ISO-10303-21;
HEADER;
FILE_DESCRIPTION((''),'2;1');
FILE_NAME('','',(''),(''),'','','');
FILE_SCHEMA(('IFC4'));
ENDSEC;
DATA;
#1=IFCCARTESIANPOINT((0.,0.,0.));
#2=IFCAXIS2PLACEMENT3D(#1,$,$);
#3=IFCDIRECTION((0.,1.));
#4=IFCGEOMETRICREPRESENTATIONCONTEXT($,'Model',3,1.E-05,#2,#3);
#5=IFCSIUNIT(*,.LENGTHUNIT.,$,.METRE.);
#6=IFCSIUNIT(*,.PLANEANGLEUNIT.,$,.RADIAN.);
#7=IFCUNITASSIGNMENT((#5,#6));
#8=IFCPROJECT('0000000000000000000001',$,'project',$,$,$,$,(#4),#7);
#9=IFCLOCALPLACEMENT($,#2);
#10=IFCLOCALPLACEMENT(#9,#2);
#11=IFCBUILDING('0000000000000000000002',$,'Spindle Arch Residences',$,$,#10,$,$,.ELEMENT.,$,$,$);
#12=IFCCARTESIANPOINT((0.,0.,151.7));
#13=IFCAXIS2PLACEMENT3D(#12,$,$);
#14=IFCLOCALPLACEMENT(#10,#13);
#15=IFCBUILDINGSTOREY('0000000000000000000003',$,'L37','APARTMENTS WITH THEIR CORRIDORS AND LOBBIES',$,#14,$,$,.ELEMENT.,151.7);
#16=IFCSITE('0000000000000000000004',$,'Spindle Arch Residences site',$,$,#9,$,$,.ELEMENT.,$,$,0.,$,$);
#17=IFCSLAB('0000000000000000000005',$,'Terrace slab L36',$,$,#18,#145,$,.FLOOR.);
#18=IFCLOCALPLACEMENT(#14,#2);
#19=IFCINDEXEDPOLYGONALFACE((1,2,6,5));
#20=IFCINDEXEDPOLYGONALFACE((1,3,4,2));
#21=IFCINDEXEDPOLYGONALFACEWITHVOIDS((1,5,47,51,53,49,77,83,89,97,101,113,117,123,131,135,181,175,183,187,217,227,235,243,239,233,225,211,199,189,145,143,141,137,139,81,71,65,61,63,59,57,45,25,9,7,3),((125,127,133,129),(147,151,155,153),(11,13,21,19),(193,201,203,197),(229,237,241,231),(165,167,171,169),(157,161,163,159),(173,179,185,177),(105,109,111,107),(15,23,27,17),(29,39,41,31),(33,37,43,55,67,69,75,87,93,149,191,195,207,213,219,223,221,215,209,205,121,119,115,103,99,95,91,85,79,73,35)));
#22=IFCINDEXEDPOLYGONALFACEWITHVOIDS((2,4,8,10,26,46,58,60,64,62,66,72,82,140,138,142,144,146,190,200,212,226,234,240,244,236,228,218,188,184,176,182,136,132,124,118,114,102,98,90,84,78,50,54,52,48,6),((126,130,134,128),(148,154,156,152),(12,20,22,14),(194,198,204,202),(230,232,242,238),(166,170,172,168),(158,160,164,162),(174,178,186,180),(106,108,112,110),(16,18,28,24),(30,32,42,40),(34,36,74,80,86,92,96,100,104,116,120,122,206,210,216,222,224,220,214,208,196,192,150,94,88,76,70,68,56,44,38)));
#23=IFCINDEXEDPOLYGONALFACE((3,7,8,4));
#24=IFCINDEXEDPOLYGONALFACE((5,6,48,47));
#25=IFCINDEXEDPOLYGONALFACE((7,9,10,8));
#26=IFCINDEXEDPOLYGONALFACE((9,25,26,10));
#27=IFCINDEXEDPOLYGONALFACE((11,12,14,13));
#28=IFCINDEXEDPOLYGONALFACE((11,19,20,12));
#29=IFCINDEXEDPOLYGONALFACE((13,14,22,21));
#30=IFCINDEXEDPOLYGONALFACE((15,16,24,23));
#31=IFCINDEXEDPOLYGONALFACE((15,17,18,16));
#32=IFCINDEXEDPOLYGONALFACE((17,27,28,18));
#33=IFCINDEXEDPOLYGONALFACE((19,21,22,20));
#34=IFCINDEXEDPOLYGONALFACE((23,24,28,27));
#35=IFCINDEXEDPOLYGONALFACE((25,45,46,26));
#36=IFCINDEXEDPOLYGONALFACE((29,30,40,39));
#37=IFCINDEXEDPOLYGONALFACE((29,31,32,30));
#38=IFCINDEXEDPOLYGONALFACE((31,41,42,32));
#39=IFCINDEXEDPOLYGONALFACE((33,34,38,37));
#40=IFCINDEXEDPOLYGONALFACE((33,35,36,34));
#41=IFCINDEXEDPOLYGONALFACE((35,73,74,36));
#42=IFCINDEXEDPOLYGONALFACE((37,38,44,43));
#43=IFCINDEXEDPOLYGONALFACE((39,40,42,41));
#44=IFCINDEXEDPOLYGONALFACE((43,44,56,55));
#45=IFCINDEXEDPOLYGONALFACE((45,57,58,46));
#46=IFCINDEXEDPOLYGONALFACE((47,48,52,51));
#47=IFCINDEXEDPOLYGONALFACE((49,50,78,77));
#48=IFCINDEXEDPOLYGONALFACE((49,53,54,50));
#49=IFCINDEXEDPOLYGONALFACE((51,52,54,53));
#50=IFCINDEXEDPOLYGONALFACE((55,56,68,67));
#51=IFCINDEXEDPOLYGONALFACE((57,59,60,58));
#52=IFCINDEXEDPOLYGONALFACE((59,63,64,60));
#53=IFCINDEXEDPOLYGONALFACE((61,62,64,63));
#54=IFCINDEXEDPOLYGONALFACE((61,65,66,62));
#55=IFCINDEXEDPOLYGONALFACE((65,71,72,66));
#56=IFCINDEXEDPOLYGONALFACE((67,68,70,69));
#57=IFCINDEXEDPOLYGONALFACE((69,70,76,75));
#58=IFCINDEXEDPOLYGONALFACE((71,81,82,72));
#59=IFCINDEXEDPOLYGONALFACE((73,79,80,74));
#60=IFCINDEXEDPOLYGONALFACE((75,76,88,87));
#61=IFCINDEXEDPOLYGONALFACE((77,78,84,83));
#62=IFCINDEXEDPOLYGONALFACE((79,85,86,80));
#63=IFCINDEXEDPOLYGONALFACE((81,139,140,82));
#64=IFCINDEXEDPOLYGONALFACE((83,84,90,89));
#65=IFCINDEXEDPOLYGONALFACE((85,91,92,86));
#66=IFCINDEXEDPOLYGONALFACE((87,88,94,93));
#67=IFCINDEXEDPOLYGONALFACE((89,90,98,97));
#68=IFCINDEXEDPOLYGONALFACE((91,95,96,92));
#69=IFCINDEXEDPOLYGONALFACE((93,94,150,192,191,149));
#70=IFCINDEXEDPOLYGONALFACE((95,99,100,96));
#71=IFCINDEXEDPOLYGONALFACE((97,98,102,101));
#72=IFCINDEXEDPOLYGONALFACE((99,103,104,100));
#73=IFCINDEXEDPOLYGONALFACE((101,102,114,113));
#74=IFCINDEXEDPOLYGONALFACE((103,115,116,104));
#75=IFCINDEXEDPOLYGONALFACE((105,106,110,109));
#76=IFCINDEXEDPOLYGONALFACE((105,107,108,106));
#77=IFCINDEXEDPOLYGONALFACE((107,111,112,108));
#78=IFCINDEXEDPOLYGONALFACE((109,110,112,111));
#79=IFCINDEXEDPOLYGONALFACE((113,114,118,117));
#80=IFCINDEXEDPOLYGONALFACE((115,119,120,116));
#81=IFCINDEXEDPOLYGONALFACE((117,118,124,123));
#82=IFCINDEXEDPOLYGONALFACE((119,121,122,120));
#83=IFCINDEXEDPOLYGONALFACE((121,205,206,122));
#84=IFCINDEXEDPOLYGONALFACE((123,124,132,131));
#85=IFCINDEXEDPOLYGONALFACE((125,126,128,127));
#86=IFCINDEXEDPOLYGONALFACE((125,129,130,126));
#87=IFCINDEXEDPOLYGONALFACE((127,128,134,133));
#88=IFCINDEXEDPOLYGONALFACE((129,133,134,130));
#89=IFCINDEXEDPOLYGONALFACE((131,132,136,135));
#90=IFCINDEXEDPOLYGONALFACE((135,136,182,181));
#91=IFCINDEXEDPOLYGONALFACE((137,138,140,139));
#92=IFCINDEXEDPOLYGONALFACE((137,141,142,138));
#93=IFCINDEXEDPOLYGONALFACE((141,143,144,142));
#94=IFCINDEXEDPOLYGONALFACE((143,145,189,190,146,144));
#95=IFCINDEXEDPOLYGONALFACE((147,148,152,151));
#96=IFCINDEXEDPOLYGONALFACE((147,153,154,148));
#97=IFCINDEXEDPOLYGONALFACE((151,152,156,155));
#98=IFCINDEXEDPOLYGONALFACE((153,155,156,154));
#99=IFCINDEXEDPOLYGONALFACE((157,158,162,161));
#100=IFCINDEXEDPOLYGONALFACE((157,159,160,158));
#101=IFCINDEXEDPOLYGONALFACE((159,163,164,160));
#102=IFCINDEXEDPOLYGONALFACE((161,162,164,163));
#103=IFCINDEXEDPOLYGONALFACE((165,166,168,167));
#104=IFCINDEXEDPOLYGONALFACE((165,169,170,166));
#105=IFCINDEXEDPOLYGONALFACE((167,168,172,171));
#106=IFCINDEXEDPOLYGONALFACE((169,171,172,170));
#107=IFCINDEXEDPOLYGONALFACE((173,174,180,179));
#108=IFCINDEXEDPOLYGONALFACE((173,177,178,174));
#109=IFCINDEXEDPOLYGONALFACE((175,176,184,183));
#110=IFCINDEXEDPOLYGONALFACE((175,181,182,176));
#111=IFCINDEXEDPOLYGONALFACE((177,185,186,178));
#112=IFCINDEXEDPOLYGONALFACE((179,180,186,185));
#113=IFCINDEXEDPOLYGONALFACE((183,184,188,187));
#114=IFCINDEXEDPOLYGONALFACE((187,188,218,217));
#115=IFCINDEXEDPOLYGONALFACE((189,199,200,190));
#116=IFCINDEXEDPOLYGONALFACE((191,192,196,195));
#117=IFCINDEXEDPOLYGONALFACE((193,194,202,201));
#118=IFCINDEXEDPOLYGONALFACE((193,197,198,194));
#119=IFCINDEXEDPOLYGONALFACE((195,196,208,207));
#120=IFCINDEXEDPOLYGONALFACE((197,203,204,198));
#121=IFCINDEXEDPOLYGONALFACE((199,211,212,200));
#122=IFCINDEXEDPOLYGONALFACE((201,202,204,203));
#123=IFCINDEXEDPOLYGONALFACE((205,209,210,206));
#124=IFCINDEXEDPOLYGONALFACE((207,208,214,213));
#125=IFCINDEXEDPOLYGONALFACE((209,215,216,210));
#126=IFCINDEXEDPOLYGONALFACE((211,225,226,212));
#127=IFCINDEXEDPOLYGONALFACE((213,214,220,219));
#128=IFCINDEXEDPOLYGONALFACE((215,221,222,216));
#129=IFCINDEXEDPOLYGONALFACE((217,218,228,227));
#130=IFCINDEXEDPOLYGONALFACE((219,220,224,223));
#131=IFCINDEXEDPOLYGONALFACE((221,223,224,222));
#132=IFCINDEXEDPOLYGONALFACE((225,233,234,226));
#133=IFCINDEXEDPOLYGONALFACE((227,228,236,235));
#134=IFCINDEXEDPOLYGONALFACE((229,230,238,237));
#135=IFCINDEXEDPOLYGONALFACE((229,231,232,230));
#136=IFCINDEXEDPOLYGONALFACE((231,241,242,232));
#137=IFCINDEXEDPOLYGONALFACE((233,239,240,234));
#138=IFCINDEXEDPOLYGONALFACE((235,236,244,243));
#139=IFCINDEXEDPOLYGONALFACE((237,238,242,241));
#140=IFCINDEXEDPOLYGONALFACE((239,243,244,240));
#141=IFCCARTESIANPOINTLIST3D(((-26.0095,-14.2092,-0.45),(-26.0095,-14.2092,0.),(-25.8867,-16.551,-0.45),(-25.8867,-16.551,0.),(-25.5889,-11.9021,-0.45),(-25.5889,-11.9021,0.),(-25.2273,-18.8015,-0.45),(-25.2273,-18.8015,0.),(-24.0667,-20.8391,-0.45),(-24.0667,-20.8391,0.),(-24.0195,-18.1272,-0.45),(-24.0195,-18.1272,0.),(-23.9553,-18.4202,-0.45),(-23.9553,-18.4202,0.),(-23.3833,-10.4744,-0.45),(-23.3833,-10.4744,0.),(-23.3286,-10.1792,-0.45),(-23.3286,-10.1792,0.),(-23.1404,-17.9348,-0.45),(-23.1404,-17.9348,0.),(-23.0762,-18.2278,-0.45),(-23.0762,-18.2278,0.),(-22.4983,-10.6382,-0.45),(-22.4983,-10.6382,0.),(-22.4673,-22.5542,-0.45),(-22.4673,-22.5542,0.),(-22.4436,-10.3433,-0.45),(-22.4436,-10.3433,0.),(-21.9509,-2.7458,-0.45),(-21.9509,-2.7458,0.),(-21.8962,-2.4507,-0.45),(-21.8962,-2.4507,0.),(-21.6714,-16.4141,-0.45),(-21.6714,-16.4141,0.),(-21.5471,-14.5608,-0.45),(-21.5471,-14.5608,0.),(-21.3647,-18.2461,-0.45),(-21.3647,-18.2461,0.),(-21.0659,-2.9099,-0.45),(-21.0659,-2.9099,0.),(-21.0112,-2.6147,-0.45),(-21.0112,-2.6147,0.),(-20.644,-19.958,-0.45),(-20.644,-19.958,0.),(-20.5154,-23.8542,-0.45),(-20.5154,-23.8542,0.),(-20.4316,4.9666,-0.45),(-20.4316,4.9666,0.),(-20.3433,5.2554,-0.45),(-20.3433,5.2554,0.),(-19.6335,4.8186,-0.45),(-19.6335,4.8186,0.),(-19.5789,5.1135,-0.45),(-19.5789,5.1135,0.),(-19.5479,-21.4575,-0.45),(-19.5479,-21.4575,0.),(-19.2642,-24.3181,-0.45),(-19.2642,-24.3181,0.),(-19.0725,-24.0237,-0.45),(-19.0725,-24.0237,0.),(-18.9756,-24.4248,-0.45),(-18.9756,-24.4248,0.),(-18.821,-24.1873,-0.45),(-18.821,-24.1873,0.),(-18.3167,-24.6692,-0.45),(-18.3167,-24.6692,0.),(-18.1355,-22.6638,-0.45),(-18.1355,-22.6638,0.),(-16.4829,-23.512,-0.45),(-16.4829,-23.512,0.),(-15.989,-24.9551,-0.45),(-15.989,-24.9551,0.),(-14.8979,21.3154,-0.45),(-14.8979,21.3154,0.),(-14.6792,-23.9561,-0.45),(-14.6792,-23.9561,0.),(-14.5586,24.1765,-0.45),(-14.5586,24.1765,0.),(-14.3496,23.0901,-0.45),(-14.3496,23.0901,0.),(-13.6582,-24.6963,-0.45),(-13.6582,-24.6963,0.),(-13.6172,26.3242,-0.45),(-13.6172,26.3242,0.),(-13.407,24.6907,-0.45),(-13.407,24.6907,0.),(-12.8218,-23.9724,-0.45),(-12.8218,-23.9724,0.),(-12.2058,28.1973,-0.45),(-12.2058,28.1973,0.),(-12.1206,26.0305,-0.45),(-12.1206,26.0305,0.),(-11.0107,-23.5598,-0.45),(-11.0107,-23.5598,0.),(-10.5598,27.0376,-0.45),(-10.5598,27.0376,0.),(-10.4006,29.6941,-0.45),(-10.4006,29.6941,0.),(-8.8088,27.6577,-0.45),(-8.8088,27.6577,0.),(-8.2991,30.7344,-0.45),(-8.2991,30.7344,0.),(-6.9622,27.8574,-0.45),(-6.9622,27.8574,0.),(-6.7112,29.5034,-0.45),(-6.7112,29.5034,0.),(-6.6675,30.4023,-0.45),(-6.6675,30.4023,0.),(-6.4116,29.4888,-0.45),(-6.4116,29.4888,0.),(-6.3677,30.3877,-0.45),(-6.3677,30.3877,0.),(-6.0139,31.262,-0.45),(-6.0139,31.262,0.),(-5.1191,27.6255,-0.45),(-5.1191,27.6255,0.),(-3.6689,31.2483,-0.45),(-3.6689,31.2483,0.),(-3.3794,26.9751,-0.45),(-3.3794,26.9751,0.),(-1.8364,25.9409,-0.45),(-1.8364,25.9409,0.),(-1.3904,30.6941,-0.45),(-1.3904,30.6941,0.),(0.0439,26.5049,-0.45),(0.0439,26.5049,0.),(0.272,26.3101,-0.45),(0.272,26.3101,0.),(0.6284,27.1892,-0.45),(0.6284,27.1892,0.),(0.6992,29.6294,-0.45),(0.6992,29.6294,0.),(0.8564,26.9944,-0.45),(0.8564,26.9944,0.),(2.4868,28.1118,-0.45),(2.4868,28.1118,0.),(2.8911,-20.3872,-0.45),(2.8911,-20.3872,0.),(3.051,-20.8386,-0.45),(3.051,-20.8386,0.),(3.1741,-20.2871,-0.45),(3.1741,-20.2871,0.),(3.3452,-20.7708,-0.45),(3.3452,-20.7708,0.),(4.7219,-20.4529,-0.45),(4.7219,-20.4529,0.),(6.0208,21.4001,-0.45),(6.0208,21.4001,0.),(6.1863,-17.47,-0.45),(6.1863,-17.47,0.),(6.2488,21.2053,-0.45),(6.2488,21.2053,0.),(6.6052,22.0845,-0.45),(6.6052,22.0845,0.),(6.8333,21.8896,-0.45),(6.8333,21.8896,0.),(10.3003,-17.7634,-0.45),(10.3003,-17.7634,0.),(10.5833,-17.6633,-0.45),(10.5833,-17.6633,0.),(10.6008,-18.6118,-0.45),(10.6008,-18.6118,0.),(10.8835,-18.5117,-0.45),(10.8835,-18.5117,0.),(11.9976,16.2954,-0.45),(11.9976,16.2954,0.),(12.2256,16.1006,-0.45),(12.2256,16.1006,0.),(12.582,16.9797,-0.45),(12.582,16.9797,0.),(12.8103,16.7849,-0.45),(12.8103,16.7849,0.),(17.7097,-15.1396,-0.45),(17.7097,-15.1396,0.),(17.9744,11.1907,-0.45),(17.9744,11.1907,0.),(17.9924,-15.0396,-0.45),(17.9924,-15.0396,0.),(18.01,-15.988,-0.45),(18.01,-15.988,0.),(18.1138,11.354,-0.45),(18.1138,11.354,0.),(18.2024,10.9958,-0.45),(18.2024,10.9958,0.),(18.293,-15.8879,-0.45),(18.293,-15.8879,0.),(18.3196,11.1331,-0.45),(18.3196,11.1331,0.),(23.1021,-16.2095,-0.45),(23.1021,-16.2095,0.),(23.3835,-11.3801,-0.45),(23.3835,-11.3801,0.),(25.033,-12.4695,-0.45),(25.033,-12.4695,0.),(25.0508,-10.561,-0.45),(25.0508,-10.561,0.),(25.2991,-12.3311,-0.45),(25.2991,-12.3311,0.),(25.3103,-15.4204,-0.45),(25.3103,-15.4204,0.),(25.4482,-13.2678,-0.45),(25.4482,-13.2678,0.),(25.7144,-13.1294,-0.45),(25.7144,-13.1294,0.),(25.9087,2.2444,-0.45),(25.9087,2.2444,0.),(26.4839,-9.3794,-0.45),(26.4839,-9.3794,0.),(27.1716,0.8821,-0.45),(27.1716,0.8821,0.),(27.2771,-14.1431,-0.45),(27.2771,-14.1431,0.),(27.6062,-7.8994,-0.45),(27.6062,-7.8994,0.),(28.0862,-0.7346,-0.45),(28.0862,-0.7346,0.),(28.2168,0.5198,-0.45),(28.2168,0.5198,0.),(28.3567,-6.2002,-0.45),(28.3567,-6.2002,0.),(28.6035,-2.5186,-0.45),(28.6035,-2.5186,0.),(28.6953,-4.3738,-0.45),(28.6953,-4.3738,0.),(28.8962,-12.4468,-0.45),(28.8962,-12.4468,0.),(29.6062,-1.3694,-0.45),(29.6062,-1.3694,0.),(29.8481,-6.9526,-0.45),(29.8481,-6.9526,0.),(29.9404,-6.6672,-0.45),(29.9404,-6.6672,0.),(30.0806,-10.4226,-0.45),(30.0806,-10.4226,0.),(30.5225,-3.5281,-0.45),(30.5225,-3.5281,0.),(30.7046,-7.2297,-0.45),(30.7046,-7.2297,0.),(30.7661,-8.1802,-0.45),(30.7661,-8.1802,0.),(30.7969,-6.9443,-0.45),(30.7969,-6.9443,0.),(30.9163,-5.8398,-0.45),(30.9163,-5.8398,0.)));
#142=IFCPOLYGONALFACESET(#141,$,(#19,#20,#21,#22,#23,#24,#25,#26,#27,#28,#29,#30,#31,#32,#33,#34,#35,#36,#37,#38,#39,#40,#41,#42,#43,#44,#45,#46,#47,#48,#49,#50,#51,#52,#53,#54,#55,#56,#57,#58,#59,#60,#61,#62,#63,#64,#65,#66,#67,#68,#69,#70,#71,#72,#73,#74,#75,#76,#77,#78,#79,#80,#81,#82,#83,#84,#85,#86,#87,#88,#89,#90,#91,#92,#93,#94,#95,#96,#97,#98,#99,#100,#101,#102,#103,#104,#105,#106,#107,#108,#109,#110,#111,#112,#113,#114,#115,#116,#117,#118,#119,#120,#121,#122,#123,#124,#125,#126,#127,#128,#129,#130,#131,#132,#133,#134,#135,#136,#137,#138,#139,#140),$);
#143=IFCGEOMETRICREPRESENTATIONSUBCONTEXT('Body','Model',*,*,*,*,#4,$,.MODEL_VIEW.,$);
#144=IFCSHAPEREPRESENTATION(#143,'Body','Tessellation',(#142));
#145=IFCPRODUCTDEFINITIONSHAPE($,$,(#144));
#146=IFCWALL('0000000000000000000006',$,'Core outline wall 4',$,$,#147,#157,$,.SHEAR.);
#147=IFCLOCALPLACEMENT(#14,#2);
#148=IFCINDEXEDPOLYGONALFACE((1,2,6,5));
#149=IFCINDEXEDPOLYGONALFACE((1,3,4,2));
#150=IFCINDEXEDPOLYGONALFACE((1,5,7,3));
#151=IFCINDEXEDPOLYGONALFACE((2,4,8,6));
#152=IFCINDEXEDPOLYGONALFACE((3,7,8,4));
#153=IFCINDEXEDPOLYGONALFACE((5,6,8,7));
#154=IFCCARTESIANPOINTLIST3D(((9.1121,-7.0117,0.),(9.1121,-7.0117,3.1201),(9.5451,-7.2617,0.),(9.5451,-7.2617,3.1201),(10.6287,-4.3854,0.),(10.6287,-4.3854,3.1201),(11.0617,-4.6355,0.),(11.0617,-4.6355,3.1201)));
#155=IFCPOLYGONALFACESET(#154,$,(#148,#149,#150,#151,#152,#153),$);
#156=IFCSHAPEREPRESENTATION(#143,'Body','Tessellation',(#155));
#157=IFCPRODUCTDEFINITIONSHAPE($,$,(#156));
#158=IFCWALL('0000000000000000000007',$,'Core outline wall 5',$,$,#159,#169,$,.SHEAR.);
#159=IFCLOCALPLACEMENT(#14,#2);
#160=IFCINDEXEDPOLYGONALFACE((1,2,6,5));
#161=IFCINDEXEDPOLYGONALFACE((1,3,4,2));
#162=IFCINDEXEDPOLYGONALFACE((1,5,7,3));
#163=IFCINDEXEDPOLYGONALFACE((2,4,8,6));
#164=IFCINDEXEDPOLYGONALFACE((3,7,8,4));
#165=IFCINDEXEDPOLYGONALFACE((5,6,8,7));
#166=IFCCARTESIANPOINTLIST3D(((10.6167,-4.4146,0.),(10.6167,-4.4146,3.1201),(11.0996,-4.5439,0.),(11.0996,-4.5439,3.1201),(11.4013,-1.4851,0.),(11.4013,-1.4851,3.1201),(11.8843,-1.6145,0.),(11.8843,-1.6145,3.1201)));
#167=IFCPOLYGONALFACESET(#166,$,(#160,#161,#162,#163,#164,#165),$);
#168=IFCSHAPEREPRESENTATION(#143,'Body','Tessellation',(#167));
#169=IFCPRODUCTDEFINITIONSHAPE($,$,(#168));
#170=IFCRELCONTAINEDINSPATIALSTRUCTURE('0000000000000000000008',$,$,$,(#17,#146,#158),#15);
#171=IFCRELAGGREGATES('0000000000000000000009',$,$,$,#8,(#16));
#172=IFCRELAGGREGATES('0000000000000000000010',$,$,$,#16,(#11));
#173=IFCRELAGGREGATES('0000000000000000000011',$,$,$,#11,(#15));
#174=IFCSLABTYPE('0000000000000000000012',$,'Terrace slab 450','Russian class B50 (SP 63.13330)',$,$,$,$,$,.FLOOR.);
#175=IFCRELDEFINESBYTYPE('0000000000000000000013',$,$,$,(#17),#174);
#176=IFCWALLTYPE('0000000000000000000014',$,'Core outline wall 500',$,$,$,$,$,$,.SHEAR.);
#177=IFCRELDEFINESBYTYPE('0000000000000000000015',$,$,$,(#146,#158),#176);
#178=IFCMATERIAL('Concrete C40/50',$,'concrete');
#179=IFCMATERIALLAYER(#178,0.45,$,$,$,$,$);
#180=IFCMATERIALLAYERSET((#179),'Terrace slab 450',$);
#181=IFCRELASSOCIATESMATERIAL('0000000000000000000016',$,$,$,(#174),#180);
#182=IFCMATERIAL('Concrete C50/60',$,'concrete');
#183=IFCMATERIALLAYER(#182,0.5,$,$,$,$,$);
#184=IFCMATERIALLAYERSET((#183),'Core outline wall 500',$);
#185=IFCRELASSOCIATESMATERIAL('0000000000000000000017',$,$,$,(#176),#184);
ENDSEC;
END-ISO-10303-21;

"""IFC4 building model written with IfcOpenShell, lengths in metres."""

from ifc_helpers import new_model, si_unit, direction, frame, frame_2d, origin, place, context, subcontext, project, spatial, polyline, rectangle, outline, extrude, material, layer, layer_set, type_object, element, save


model = new_model("IFC4")

# Units and contexts
model_context = context("Model", 3, precision=1e-05, world=origin(), true_north=direction((0.0, 1.0)))
body_context = subcontext(model_context, "Body", "Model", "MODEL_VIEW")
ifc_project = project(units=[si_unit("LENGTHUNIT", "METRE"), si_unit("PLANEANGLEUNIT", "RADIAN")], contexts=[model_context])

# Site, building, storey
site_placement = place(None, origin())
site = spatial("IfcSite", under=ifc_project, at=site_placement, Name="Spindle Arch Residences site", CompositionType="ELEMENT", RefElevation=0.0)
building_placement = place(site_placement, origin())
building = spatial("IfcBuilding", under=site, at=building_placement, Name="Spindle Arch Residences", CompositionType="ELEMENT")
storey_placement = place(building_placement, frame((0.0, 0.0, 151.7)))
storey = spatial("IfcBuildingStorey", under=building, at=storey_placement, Name="L37", Description="APARTMENTS WITH THEIR CORRIDORS AND LOBBIES", CompositionType="ELEMENT", Elevation=151.7)

# Slab
ifc_material_1 = material(Name="Concrete C40/50", Category="concrete")
ifc_layer_1 = layer(ifc_material_1, 0.45)
ifc_layer_set_1 = layer_set([ifc_layer_1], Name="Terrace slab 450")
slab_type_1 = type_object("IfcSlabType", Name="Terrace slab 450", Description="Russian class B50 (SP 63.13330)", PredefinedType="FLOOR", material=ifc_layer_set_1)
slab_1_placement = place(storey_placement, frame((0.0, 0.0, -0.45)))
element("IfcSlab", 1, at=slab_1_placement, inside=storey, type_object=slab_type_1, Name="Terrace slab L36", PredefinedType="FLOOR", context=body_context, shape_type="SweptSolid", body=[
    extrude(outline(polyline([(-15.989, -24.9551), (-18.3167, -24.6692), (-18.9756, -24.4248), (-18.821, -24.1873), (-19.0725, -24.0237), (-19.2642, -24.3181), (-20.5154, -23.8542), (-22.4673, -22.5542), (-24.0667, -20.8391), (-25.2273, -18.8015), (-25.8867, -16.551), (-26.0095, -14.2092), (-25.5889, -11.9021), (-20.4316, 4.9666), (-19.6335, 4.8186), (-19.5789, 5.1135), (-20.3433, 5.2554), (-14.5586, 24.1765), (-13.6172, 26.3242), (-12.2058, 28.1973), (-10.4006, 29.6941), (-8.2991, 30.7344), (-6.0139, 31.262), (-3.6689, 31.2483), (-1.3904, 30.6941), (0.6992, 29.6294), (2.4868, 28.1118), (18.1138, 11.354), (17.9744, 11.1907), (18.2024, 10.9958), (18.3196, 11.1331), (28.2168, 0.5198), (29.6062, -1.3694), (30.5225, -3.5281), (30.9163, -5.8398), (30.7661, -8.1802), (30.0806, -10.4226), (28.8962, -12.4468), (27.2771, -14.1431), (25.3103, -15.4204), (23.1021, -16.2095), (4.7219, -20.4529), (3.3452, -20.7708), (3.1741, -20.2871), (2.8911, -20.3872), (3.051, -20.8386), (-13.6582, -24.6963), (-15.989, -24.9551)]), holes=[polyline([(25.0508, -10.561), (26.4839, -9.3794), (27.6062, -7.8994), (28.3567, -6.2002), (28.6953, -4.3738), (28.6035, -2.5186), (28.0862, -0.7346), (27.1716, 0.8821), (25.9087, 2.2444), (-1.8364, 25.9409), (-3.3794, 26.9751), (-5.1191, 27.6255), (-6.9622, 27.8574), (-8.8088, 27.6577), (-10.5598, 27.0376), (-12.1206, 26.0305), (-13.407, 24.6907), (-14.3496, 23.0901), (-14.8979, 21.3154), (-21.5471, -14.5608), (-21.6714, -16.4141), (-21.3647, -18.2461), (-20.644, -19.958), (-19.5479, -21.4575), (-18.1355, -22.6638), (-16.4829, -23.512), (-14.6792, -23.9561), (-12.8218, -23.9724), (-11.0107, -23.5598), (6.1863, -17.47), (23.3835, -11.3801), (25.0508, -10.561)]), polyline([(-23.1404, -17.9348), (-24.0195, -18.1272), (-23.9553, -18.4202), (-23.0762, -18.2278), (-23.1404, -17.9348)]), polyline([(-22.4436, -10.3433), (-23.3286, -10.1792), (-23.3833, -10.4744), (-22.4983, -10.6382), (-22.4436, -10.3433)]), polyline([(-21.8962, -2.4507), (-21.9509, -2.7458), (-21.0659, -2.9099), (-21.0112, -2.6147), (-21.8962, -2.4507)]), polyline([(-6.4116, 29.4888), (-6.3677, 30.3877), (-6.6675, 30.4023), (-6.7112, 29.5034), (-6.4116, 29.4888)]), polyline([(10.6008, -18.6118), (10.8835, -18.5117), (10.5833, -17.6633), (10.3003, -17.7634), (10.6008, -18.6118)]), polyline([(18.01, -15.988), (18.293, -15.8879), (17.9924, -15.0396), (17.7097, -15.1396), (18.01, -15.988)]), polyline([(25.033, -12.4695), (25.4482, -13.2678), (25.7144, -13.1294), (25.2991, -12.3311), (25.033, -12.4695)]), polyline([(29.8481, -6.9526), (30.7046, -7.2297), (30.7969, -6.9443), (29.9404, -6.6672), (29.8481, -6.9526)]), polyline([(12.8103, 16.7849), (12.582, 16.9797), (11.9976, 16.2954), (12.2256, 16.1006), (12.8103, 16.7849)]), polyline([(6.2488, 21.2053), (6.8333, 21.8896), (6.6052, 22.0845), (6.0208, 21.4001), (6.2488, 21.2053)]), polyline([(0.272, 26.3101), (0.8564, 26.9944), (0.6284, 27.1892), (0.0439, 26.5049), (0.272, 26.3101)])]), origin(), (0.0, 0.0, 1.0), 0.45),
])

# Walls
ifc_material_2 = material(Name="Concrete C50/60", Category="concrete")
ifc_layer_2 = layer(ifc_material_2, 0.5)
ifc_layer_set_2 = layer_set([ifc_layer_2], Name="Core outline wall 500")
wall_type_1 = type_object("IfcWallType", Name="Core outline wall 500", PredefinedType="SHEAR", material=ifc_layer_set_2)
for number, where, z_axis, x_axis, name in (
    (2, (9.3286, -7.1367, 0.0), (0.0, 0.0, 1.0), (0.500087, 0.865975, 0.0), "Core outline wall 4"),
    (3, (10.8582, -4.4792, 0.0), (0.0, 0.0, 1.0), (0.258735, 0.965948, 0.0), "Core outline wall 5"),
):
    element("IfcWall", number, at=place(storey_placement, frame(where, z_axis=z_axis, x_axis=x_axis)), inside=storey, type_object=wall_type_1, Name=name, PredefinedType="SHEAR", context=body_context, shape_type="SweptSolid", body=[
        extrude(rectangle(XDim=3.0327, YDim=0.5, at=frame_2d((1.5164, 0.0))), origin(), (0.0, 0.0, 1.0), 3.1201),
    ])

save(model, "model.ifc")
